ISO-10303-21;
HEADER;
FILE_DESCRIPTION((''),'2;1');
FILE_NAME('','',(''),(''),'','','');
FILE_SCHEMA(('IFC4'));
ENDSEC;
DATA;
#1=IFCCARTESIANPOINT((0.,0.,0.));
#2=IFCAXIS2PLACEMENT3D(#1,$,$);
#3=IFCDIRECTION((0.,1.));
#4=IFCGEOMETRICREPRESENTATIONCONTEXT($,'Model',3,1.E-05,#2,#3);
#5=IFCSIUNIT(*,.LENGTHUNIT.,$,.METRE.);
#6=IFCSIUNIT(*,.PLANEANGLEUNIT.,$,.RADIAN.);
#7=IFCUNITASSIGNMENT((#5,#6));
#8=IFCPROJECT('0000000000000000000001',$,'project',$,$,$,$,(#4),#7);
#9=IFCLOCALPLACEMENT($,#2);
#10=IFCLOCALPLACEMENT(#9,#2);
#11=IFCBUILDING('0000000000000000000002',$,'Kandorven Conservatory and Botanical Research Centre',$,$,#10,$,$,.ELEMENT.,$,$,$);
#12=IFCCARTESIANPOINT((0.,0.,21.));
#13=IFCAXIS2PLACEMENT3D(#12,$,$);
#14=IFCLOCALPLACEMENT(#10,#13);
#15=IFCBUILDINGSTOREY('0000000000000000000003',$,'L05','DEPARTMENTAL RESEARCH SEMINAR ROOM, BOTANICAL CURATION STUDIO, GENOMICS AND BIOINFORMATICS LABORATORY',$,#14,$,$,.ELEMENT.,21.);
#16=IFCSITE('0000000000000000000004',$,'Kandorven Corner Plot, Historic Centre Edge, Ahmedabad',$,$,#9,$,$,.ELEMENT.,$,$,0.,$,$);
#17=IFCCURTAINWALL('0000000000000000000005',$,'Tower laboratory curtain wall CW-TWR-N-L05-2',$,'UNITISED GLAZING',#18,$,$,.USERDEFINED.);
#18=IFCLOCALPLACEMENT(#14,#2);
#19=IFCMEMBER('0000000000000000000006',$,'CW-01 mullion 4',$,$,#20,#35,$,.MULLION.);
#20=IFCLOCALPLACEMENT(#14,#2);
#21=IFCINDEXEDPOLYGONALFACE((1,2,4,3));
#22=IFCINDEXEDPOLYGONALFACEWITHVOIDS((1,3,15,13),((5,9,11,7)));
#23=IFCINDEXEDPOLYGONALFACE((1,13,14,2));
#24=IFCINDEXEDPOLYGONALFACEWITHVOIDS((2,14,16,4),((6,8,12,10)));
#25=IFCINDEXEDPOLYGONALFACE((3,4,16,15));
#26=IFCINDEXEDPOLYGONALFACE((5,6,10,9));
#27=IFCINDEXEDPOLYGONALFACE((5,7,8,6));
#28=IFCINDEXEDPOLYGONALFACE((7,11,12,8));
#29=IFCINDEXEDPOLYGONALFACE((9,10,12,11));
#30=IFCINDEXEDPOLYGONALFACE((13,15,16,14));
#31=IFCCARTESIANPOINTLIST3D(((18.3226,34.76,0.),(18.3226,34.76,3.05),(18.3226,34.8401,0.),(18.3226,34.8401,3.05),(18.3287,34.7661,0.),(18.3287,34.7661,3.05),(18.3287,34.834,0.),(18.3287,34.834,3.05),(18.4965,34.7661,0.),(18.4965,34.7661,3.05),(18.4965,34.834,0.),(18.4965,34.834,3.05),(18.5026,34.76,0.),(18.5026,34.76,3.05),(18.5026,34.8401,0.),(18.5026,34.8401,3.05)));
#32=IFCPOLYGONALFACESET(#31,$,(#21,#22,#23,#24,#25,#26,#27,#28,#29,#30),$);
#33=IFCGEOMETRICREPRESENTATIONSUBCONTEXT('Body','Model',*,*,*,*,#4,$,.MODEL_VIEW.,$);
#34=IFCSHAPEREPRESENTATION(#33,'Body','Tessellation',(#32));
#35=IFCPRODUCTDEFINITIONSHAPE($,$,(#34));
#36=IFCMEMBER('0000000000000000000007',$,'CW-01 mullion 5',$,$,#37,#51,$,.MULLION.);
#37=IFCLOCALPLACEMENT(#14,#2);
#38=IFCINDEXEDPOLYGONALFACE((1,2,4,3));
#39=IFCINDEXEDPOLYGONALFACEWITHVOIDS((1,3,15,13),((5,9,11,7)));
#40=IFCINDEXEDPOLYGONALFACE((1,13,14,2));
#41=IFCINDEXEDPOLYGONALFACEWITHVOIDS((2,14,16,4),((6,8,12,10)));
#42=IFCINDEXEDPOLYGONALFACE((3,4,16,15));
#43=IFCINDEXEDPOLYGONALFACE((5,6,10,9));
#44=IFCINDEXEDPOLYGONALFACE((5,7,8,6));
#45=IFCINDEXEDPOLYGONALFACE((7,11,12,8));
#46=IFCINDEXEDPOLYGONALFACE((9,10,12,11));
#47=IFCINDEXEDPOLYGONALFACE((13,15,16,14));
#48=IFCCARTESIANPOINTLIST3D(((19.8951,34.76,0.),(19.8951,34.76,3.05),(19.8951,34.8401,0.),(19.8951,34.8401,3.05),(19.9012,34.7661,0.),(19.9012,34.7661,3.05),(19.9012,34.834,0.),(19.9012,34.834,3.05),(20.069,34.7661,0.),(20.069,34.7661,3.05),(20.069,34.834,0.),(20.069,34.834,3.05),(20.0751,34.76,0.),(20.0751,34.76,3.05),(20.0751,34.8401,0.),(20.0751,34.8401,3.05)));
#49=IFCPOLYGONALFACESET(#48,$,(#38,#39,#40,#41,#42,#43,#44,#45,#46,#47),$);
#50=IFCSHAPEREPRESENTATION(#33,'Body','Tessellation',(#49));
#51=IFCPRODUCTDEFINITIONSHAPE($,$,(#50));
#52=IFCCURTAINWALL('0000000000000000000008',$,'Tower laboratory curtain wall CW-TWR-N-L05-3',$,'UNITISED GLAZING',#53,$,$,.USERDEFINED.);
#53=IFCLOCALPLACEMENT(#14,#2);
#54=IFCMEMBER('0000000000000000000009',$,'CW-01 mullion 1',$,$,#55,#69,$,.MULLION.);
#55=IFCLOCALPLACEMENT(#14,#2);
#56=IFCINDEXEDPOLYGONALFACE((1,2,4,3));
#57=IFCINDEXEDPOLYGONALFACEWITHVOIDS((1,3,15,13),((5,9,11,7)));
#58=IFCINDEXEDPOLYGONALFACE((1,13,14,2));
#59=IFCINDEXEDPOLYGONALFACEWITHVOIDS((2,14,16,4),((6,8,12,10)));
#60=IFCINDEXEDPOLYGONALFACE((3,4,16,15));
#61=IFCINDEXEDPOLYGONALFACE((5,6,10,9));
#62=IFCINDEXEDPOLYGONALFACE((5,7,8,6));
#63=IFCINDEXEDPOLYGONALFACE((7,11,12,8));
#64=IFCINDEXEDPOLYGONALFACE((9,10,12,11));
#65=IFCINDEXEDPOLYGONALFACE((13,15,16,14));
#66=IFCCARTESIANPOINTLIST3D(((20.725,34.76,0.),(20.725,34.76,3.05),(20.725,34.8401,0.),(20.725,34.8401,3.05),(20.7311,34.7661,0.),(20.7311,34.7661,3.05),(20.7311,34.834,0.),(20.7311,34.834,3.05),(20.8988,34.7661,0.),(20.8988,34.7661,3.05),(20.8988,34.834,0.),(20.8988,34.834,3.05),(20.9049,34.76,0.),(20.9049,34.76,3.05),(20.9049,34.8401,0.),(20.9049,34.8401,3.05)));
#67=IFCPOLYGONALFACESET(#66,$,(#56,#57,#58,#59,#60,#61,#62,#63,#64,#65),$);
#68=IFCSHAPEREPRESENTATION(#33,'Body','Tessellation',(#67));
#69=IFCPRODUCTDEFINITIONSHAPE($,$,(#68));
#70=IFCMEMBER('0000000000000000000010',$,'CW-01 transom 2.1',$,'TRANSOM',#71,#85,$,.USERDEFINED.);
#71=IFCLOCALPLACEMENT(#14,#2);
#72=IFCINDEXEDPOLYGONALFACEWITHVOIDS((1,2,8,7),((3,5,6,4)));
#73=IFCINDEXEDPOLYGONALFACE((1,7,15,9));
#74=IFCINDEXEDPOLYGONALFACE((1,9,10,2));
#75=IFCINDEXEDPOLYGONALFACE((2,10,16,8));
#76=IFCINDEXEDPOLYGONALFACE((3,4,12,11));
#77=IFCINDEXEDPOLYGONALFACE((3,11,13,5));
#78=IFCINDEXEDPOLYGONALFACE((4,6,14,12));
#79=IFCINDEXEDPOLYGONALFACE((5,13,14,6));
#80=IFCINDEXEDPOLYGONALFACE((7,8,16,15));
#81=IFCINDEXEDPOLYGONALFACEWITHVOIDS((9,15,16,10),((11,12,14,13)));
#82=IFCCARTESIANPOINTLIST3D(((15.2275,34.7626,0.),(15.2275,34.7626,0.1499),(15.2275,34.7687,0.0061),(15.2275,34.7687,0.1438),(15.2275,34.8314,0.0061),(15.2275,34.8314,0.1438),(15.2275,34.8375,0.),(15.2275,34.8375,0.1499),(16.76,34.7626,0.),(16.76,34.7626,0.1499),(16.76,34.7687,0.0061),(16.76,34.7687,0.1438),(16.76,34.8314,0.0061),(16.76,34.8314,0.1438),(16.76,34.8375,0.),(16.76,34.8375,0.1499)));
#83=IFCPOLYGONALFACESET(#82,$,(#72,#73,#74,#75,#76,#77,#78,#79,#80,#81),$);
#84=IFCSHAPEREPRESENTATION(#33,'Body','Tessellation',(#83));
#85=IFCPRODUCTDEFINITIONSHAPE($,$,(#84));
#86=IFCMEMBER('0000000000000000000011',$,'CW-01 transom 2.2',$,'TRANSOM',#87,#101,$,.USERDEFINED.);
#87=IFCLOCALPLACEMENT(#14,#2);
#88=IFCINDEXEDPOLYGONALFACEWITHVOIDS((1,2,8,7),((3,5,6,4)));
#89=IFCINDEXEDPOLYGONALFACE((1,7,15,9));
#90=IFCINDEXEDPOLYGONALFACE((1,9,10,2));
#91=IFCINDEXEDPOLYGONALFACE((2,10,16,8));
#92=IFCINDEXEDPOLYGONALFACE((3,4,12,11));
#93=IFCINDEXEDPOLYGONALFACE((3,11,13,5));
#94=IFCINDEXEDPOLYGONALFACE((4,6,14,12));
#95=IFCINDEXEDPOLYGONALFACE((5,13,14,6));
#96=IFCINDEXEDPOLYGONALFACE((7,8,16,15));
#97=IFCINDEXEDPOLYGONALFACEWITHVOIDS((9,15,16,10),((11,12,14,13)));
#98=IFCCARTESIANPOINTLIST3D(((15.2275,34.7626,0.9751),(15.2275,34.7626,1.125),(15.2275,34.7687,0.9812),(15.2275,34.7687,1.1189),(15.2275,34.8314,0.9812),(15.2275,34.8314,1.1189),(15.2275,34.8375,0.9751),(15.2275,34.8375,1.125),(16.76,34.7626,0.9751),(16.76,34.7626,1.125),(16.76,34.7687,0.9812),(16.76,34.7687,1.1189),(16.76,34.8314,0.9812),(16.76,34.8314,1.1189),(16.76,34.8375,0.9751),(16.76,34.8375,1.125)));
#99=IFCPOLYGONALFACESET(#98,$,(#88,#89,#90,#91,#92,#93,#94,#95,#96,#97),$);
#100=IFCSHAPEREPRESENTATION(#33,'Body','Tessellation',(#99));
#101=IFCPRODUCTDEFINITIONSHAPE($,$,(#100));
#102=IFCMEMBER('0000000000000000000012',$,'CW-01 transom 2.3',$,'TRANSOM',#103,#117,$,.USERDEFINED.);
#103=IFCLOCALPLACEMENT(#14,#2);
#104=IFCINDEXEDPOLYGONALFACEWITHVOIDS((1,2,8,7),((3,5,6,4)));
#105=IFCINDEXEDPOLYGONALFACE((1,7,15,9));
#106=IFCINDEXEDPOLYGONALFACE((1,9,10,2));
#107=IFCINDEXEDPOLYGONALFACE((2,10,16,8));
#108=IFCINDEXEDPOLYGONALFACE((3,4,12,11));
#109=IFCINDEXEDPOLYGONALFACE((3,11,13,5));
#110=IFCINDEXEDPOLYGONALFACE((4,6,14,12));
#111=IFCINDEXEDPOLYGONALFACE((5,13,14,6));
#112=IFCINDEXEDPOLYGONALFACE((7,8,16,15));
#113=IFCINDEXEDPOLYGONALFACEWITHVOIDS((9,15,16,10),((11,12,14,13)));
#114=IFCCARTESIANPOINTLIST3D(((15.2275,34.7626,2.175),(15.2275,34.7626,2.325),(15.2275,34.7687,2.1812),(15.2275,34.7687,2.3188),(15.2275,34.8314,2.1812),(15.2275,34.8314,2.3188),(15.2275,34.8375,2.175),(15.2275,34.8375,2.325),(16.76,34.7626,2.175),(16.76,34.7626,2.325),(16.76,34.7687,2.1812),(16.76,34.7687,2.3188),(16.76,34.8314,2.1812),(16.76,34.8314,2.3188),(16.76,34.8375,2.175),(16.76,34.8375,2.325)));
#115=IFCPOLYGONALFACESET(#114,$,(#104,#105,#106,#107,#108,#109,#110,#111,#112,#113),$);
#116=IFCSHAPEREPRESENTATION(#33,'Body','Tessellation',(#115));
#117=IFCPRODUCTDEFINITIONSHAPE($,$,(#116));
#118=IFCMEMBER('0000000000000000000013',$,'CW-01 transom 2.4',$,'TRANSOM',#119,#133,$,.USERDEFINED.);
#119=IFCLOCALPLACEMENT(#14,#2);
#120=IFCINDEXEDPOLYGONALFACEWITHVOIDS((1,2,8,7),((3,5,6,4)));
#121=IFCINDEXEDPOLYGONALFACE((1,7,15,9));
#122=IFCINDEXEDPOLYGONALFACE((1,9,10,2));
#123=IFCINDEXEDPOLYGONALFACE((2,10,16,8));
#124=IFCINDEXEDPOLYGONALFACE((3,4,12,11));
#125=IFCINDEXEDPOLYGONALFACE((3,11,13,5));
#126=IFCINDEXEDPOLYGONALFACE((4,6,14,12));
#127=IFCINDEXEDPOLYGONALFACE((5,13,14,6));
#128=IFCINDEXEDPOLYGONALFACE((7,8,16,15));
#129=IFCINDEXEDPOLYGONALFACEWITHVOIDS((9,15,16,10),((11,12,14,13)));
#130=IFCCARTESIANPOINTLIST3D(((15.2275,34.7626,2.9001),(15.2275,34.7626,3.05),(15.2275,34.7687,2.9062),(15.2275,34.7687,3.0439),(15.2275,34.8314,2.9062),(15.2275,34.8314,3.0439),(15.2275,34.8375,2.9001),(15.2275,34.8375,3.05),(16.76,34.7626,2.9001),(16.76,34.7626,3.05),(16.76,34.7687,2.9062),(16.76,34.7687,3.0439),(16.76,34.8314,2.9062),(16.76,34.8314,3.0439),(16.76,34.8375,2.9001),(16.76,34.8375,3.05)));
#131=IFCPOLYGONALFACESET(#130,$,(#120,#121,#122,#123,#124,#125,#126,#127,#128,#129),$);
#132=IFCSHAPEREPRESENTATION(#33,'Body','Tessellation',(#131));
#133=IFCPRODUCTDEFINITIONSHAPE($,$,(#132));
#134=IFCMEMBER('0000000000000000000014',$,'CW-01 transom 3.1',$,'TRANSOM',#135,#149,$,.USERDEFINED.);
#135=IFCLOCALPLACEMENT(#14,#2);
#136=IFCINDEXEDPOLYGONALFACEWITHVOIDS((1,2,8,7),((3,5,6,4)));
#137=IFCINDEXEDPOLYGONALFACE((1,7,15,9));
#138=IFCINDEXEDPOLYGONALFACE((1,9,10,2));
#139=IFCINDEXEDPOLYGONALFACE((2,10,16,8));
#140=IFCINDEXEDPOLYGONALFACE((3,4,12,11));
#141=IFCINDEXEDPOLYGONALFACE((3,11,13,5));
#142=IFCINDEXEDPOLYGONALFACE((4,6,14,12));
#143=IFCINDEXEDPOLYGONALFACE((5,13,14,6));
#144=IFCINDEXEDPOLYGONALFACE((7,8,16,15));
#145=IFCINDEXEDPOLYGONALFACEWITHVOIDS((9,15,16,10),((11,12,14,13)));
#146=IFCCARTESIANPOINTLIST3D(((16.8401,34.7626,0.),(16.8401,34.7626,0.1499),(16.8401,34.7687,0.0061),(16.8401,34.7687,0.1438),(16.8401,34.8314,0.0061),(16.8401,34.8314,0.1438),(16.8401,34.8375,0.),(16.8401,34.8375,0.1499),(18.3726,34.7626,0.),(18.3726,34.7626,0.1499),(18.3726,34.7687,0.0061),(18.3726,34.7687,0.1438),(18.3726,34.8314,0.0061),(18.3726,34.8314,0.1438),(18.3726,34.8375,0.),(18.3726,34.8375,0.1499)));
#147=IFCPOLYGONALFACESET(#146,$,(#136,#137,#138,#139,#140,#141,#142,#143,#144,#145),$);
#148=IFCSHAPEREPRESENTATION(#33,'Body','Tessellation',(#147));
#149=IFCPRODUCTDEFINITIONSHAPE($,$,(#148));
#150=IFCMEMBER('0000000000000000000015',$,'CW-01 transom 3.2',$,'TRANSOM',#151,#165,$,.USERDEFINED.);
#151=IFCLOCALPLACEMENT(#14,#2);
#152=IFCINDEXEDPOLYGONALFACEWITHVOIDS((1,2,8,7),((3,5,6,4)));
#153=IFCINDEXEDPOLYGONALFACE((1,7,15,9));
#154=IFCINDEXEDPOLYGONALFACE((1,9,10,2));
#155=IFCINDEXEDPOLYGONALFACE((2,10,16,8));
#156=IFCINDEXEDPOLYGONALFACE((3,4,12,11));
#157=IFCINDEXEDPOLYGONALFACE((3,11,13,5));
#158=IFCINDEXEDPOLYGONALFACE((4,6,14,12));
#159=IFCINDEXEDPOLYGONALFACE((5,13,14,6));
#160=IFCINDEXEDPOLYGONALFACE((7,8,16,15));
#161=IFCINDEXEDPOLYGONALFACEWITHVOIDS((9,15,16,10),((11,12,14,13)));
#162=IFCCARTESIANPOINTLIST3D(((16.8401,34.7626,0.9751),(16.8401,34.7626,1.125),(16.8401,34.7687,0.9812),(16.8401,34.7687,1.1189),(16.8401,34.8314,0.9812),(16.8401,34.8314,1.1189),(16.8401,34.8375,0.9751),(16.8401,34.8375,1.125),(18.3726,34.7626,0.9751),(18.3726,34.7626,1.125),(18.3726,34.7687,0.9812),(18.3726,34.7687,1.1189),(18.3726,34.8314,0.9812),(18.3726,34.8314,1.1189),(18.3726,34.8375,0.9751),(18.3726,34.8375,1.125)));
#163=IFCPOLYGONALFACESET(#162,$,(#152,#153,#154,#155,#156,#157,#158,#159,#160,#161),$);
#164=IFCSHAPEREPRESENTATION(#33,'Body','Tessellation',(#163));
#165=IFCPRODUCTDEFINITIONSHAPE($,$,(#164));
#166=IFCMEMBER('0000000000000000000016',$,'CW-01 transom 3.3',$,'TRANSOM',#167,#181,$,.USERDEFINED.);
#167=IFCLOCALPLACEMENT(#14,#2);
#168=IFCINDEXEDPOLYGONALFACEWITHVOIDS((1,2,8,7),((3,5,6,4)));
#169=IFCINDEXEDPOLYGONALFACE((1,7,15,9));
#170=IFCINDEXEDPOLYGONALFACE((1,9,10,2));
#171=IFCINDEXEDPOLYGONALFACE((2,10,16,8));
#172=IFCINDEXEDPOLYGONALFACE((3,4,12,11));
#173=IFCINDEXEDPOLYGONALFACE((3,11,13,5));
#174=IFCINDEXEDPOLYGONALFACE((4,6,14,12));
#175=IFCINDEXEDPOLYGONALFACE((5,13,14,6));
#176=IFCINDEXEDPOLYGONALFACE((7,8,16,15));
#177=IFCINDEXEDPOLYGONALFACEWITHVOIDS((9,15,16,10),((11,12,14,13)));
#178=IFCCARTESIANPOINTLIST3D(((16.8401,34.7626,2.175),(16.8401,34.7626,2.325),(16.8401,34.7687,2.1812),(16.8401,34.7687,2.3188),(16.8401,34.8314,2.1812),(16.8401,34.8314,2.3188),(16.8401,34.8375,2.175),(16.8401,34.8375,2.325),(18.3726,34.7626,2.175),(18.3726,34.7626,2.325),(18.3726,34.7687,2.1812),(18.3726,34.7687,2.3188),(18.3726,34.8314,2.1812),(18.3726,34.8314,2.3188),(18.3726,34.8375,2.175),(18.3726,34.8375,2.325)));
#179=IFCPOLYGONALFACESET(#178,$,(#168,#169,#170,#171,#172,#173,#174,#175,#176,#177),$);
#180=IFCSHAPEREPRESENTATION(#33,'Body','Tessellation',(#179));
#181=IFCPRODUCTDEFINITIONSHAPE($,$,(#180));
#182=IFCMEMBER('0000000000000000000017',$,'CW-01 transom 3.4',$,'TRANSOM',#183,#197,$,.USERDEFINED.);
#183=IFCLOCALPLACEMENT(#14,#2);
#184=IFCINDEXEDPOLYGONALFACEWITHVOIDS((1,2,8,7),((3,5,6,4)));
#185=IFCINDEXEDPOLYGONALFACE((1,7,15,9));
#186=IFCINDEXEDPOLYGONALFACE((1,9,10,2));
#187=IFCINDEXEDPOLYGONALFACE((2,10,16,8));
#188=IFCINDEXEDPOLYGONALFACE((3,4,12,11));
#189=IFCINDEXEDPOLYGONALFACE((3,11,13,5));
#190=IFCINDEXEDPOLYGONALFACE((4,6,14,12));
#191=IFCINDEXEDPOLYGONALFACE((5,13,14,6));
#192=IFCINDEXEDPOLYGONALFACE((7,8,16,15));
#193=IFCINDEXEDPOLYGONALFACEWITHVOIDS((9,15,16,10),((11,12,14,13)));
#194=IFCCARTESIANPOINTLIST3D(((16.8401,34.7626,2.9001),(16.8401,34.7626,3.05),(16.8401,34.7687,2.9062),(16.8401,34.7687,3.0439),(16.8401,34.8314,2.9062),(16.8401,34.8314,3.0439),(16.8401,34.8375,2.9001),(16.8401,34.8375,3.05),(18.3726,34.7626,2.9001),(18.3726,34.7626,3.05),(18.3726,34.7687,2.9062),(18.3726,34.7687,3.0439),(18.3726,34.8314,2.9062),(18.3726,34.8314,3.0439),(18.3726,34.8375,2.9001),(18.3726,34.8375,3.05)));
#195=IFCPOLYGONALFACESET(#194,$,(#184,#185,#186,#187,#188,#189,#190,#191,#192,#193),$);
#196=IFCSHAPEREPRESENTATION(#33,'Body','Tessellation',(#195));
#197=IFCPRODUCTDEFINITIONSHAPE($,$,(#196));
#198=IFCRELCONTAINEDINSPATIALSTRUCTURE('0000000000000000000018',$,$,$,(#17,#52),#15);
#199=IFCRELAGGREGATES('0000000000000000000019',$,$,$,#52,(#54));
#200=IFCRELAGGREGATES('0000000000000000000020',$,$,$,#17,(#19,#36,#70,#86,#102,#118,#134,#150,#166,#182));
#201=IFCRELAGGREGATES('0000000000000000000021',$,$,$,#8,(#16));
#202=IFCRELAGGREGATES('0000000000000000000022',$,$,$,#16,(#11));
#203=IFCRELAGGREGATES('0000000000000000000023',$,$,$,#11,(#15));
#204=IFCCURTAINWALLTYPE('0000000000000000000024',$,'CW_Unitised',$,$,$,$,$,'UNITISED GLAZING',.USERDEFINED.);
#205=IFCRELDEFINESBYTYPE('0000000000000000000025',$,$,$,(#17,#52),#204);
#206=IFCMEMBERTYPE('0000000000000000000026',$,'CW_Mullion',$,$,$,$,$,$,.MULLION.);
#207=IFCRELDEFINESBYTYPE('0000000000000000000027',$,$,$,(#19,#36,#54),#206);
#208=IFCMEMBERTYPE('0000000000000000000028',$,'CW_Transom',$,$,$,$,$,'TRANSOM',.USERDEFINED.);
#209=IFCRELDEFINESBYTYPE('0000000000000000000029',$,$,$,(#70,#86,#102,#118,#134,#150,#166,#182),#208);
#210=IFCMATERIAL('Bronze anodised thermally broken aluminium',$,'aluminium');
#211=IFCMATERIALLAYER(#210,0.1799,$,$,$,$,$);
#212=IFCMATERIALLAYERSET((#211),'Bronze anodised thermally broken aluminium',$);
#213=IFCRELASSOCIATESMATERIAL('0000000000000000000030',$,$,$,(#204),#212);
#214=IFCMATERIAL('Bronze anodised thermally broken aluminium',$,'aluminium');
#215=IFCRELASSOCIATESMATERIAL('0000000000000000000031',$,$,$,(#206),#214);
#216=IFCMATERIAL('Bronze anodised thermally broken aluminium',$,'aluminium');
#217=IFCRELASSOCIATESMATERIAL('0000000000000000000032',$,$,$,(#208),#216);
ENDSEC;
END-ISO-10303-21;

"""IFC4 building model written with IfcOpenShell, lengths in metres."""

from ifc_helpers import new_model, si_unit, direction, frame, origin, origin_2d, place, context, subcontext, project, spatial, hollow_rectangle, extrude, material, layer, layer_set, material_profile, profile_set, type_object, element, aggregate, save


model = new_model("IFC4")

# Units and contexts
model_context = context("Model", 3, precision=1e-05, world=origin(), true_north=direction((0.0, 1.0)))
body_context = subcontext(model_context, "Body", "Model", "MODEL_VIEW")
ifc_project = project(units=[si_unit("LENGTHUNIT", "METRE"), si_unit("PLANEANGLEUNIT", "RADIAN")], contexts=[model_context])

# Site, building, storey
site_placement = place(None, origin())
site = spatial("IfcSite", under=ifc_project, at=site_placement, Name="Kandorven Corner Plot, Historic Centre Edge, Ahmedabad", CompositionType="ELEMENT", RefElevation=0.0)
building_placement = place(site_placement, origin())
building = spatial("IfcBuilding", under=site, at=building_placement, Name="Kandorven Conservatory and Botanical Research Centre", CompositionType="ELEMENT")
storey_placement = place(building_placement, frame((0.0, 0.0, 21.0)))
storey = spatial("IfcBuildingStorey", under=building, at=storey_placement, Name="L05", Description="DEPARTMENTAL RESEARCH SEMINAR ROOM, BOTANICAL CURATION STUDIO, GENOMICS AND BIOINFORMATICS LABORATORY", CompositionType="ELEMENT", Elevation=21.0)

# Curtain wall, members
ifc_material_1 = material(Name="Bronze anodised thermally broken aluminium", Category="aluminium")
ifc_layer_1 = layer(ifc_material_1, 0.1799)
ifc_layer_set_1 = layer_set([ifc_layer_1], Name="Bronze anodised thermally broken aluminium")
curtain_wall_type = type_object("IfcCurtainWallType", Name="CW_Unitised", ElementType="UNITISED GLAZING", PredefinedType="USERDEFINED", material=ifc_layer_set_1)
curtain_wall_1_placement = place(storey_placement, origin())
curtain_wall_1 = element("IfcCurtainWall", 1, at=curtain_wall_1_placement, inside=storey, type_object=curtain_wall_type, Name="Tower laboratory curtain wall CW-TWR-N-L05-2", ObjectType="UNITISED GLAZING", PredefinedType="USERDEFINED")
ifc_material_2 = material(Name="Bronze anodised thermally broken aluminium", Category="aluminium")
ifc_material_profile_1 = material_profile(ifc_material_2, hollow_rectangle(XDim=0.0801, YDim=0.1799, WallThickness=0.0061, at=origin_2d()))
ifc_profile_set_1 = profile_set([ifc_material_profile_1], Name="Bronze anodised thermally broken aluminium")
member_type_1 = type_object("IfcMemberType", Name="CW_Mullion", PredefinedType="MULLION", material=ifc_profile_set_1)
member_1_placement = place(storey_placement, frame((18.4126, 34.8, 0.0), z_axis=(0.0, 0.0, 1.0), x_axis=(0.0, 1.0, 0.0)))
member_1 = element("IfcMember", 2, at=member_1_placement, type_object=member_type_1, Name="CW-01 mullion 4", PredefinedType="MULLION", context=body_context, shape_type="SweptSolid", body=[
    extrude(hollow_rectangle(XDim=0.0801, YDim=0.1799, WallThickness=0.0061, at=origin_2d()), origin(), (0.0, 0.0, 1.0), 3.05),
])
member_2_placement = place(storey_placement, frame((19.9851, 34.8, 0.0), z_axis=(0.0, 0.0, 1.0), x_axis=(0.0, 1.0, 0.0)))
member_2 = element("IfcMember", 3, at=member_2_placement, type_object=member_type_1, Name="CW-01 mullion 5", PredefinedType="MULLION", context=body_context, shape_type="SweptSolid", body=[
    extrude(hollow_rectangle(XDim=0.0801, YDim=0.1799, WallThickness=0.0061, at=origin_2d()), origin(), (0.0, 0.0, 1.0), 3.05),
])

# Curtain wall, member
curtain_wall_2_placement = place(storey_placement, origin())
curtain_wall_2 = element("IfcCurtainWall", 4, at=curtain_wall_2_placement, inside=storey, type_object=curtain_wall_type, Name="Tower laboratory curtain wall CW-TWR-N-L05-3", ObjectType="UNITISED GLAZING", PredefinedType="USERDEFINED")
member_3_placement = place(storey_placement, frame((20.8149, 34.8, 0.0), z_axis=(0.0, 0.0, 1.0), x_axis=(0.0, 1.0, 0.0)))
member_3 = element("IfcMember", 5, at=member_3_placement, type_object=member_type_1, Name="CW-01 mullion 1", PredefinedType="MULLION", context=body_context, shape_type="SweptSolid", body=[
    extrude(hollow_rectangle(XDim=0.0801, YDim=0.1799, WallThickness=0.0061, at=origin_2d()), origin(), (0.0, 0.0, 1.0), 3.05),
])

# Members
ifc_material_3 = material(Name="Bronze anodised thermally broken aluminium", Category="aluminium")
ifc_material_profile_2 = material_profile(ifc_material_3, hollow_rectangle(XDim=0.075, YDim=0.1499, WallThickness=0.0061, at=origin_2d()))
ifc_profile_set_2 = profile_set([ifc_material_profile_2], Name="Bronze anodised thermally broken aluminium")
member_type_2 = type_object("IfcMemberType", Name="CW_Transom", ElementType="TRANSOM", PredefinedType="USERDEFINED", material=ifc_profile_set_2)
member_4_placement = place(storey_placement, frame((15.2275, 34.8, 0.075), z_axis=(1.0, 0.0, 0.0), x_axis=(0.0, 1.0, 0.0)))
member_4 = element("IfcMember", 6, at=member_4_placement, type_object=member_type_2, Name="CW-01 transom 2.1", ObjectType="TRANSOM", PredefinedType="USERDEFINED", context=body_context, shape_type="SweptSolid", body=[
    extrude(hollow_rectangle(XDim=0.075, YDim=0.1499, WallThickness=0.0061, at=origin_2d()), origin(), (0.0, 0.0, 1.0), 1.5325),
])
member_5_placement = place(storey_placement, frame((15.2275, 34.8, 1.05), z_axis=(1.0, 0.0, 0.0), x_axis=(0.0, 1.0, 0.0)))
member_5 = element("IfcMember", 7, at=member_5_placement, type_object=member_type_2, Name="CW-01 transom 2.2", ObjectType="TRANSOM", PredefinedType="USERDEFINED", context=body_context, shape_type="SweptSolid", body=[
    extrude(hollow_rectangle(XDim=0.075, YDim=0.1499, WallThickness=0.0061, at=origin_2d()), origin(), (0.0, 0.0, 1.0), 1.5325),
])
member_6_placement = place(storey_placement, frame((15.2275, 34.8, 2.25), z_axis=(1.0, 0.0, 0.0), x_axis=(0.0, 1.0, 0.0)))
member_6 = element("IfcMember", 8, at=member_6_placement, type_object=member_type_2, Name="CW-01 transom 2.3", ObjectType="TRANSOM", PredefinedType="USERDEFINED", context=body_context, shape_type="SweptSolid", body=[
    extrude(hollow_rectangle(XDim=0.075, YDim=0.1499, WallThickness=0.0061, at=origin_2d()), origin(), (0.0, 0.0, 1.0), 1.5325),
])
member_7_placement = place(storey_placement, frame((15.2275, 34.8, 2.9751), z_axis=(1.0, 0.0, 0.0), x_axis=(0.0, 1.0, 0.0)))
member_7 = element("IfcMember", 9, at=member_7_placement, type_object=member_type_2, Name="CW-01 transom 2.4", ObjectType="TRANSOM", PredefinedType="USERDEFINED", context=body_context, shape_type="SweptSolid", body=[
    extrude(hollow_rectangle(XDim=0.075, YDim=0.1499, WallThickness=0.0061, at=origin_2d()), origin(), (0.0, 0.0, 1.0), 1.5325),
])
member_8_placement = place(storey_placement, frame((16.8401, 34.8, 0.075), z_axis=(1.0, 0.0, 0.0), x_axis=(0.0, 1.0, 0.0)))
member_8 = element("IfcMember", 10, at=member_8_placement, type_object=member_type_2, Name="CW-01 transom 3.1", ObjectType="TRANSOM", PredefinedType="USERDEFINED", context=body_context, shape_type="SweptSolid", body=[
    extrude(hollow_rectangle(XDim=0.075, YDim=0.1499, WallThickness=0.0061, at=origin_2d()), origin(), (0.0, 0.0, 1.0), 1.5325),
])
member_9_placement = place(storey_placement, frame((16.8401, 34.8, 1.05), z_axis=(1.0, 0.0, 0.0), x_axis=(0.0, 1.0, 0.0)))
member_9 = element("IfcMember", 11, at=member_9_placement, type_object=member_type_2, Name="CW-01 transom 3.2", ObjectType="TRANSOM", PredefinedType="USERDEFINED", context=body_context, shape_type="SweptSolid", body=[
    extrude(hollow_rectangle(XDim=0.075, YDim=0.1499, WallThickness=0.0061, at=origin_2d()), origin(), (0.0, 0.0, 1.0), 1.5325),
])
member_10_placement = place(storey_placement, frame((16.8401, 34.8, 2.25), z_axis=(1.0, 0.0, 0.0), x_axis=(0.0, 1.0, 0.0)))
member_10 = element("IfcMember", 12, at=member_10_placement, type_object=member_type_2, Name="CW-01 transom 3.3", ObjectType="TRANSOM", PredefinedType="USERDEFINED", context=body_context, shape_type="SweptSolid", body=[
    extrude(hollow_rectangle(XDim=0.075, YDim=0.1499, WallThickness=0.0061, at=origin_2d()), origin(), (0.0, 0.0, 1.0), 1.5325),
])
member_11_placement = place(storey_placement, frame((16.8401, 34.8, 2.9751), z_axis=(1.0, 0.0, 0.0), x_axis=(0.0, 1.0, 0.0)))
member_11 = element("IfcMember", 13, at=member_11_placement, type_object=member_type_2, Name="CW-01 transom 3.4", ObjectType="TRANSOM", PredefinedType="USERDEFINED", context=body_context, shape_type="SweptSolid", body=[
    extrude(hollow_rectangle(XDim=0.075, YDim=0.1499, WallThickness=0.0061, at=origin_2d()), origin(), (0.0, 0.0, 1.0), 1.5325),
])
aggregate(curtain_wall_2, [member_3])

aggregate(curtain_wall_1, [member_1, member_2, member_4, member_5, member_6, member_7, member_8, member_9, member_10, member_11])

save(model, "model.ifc")
